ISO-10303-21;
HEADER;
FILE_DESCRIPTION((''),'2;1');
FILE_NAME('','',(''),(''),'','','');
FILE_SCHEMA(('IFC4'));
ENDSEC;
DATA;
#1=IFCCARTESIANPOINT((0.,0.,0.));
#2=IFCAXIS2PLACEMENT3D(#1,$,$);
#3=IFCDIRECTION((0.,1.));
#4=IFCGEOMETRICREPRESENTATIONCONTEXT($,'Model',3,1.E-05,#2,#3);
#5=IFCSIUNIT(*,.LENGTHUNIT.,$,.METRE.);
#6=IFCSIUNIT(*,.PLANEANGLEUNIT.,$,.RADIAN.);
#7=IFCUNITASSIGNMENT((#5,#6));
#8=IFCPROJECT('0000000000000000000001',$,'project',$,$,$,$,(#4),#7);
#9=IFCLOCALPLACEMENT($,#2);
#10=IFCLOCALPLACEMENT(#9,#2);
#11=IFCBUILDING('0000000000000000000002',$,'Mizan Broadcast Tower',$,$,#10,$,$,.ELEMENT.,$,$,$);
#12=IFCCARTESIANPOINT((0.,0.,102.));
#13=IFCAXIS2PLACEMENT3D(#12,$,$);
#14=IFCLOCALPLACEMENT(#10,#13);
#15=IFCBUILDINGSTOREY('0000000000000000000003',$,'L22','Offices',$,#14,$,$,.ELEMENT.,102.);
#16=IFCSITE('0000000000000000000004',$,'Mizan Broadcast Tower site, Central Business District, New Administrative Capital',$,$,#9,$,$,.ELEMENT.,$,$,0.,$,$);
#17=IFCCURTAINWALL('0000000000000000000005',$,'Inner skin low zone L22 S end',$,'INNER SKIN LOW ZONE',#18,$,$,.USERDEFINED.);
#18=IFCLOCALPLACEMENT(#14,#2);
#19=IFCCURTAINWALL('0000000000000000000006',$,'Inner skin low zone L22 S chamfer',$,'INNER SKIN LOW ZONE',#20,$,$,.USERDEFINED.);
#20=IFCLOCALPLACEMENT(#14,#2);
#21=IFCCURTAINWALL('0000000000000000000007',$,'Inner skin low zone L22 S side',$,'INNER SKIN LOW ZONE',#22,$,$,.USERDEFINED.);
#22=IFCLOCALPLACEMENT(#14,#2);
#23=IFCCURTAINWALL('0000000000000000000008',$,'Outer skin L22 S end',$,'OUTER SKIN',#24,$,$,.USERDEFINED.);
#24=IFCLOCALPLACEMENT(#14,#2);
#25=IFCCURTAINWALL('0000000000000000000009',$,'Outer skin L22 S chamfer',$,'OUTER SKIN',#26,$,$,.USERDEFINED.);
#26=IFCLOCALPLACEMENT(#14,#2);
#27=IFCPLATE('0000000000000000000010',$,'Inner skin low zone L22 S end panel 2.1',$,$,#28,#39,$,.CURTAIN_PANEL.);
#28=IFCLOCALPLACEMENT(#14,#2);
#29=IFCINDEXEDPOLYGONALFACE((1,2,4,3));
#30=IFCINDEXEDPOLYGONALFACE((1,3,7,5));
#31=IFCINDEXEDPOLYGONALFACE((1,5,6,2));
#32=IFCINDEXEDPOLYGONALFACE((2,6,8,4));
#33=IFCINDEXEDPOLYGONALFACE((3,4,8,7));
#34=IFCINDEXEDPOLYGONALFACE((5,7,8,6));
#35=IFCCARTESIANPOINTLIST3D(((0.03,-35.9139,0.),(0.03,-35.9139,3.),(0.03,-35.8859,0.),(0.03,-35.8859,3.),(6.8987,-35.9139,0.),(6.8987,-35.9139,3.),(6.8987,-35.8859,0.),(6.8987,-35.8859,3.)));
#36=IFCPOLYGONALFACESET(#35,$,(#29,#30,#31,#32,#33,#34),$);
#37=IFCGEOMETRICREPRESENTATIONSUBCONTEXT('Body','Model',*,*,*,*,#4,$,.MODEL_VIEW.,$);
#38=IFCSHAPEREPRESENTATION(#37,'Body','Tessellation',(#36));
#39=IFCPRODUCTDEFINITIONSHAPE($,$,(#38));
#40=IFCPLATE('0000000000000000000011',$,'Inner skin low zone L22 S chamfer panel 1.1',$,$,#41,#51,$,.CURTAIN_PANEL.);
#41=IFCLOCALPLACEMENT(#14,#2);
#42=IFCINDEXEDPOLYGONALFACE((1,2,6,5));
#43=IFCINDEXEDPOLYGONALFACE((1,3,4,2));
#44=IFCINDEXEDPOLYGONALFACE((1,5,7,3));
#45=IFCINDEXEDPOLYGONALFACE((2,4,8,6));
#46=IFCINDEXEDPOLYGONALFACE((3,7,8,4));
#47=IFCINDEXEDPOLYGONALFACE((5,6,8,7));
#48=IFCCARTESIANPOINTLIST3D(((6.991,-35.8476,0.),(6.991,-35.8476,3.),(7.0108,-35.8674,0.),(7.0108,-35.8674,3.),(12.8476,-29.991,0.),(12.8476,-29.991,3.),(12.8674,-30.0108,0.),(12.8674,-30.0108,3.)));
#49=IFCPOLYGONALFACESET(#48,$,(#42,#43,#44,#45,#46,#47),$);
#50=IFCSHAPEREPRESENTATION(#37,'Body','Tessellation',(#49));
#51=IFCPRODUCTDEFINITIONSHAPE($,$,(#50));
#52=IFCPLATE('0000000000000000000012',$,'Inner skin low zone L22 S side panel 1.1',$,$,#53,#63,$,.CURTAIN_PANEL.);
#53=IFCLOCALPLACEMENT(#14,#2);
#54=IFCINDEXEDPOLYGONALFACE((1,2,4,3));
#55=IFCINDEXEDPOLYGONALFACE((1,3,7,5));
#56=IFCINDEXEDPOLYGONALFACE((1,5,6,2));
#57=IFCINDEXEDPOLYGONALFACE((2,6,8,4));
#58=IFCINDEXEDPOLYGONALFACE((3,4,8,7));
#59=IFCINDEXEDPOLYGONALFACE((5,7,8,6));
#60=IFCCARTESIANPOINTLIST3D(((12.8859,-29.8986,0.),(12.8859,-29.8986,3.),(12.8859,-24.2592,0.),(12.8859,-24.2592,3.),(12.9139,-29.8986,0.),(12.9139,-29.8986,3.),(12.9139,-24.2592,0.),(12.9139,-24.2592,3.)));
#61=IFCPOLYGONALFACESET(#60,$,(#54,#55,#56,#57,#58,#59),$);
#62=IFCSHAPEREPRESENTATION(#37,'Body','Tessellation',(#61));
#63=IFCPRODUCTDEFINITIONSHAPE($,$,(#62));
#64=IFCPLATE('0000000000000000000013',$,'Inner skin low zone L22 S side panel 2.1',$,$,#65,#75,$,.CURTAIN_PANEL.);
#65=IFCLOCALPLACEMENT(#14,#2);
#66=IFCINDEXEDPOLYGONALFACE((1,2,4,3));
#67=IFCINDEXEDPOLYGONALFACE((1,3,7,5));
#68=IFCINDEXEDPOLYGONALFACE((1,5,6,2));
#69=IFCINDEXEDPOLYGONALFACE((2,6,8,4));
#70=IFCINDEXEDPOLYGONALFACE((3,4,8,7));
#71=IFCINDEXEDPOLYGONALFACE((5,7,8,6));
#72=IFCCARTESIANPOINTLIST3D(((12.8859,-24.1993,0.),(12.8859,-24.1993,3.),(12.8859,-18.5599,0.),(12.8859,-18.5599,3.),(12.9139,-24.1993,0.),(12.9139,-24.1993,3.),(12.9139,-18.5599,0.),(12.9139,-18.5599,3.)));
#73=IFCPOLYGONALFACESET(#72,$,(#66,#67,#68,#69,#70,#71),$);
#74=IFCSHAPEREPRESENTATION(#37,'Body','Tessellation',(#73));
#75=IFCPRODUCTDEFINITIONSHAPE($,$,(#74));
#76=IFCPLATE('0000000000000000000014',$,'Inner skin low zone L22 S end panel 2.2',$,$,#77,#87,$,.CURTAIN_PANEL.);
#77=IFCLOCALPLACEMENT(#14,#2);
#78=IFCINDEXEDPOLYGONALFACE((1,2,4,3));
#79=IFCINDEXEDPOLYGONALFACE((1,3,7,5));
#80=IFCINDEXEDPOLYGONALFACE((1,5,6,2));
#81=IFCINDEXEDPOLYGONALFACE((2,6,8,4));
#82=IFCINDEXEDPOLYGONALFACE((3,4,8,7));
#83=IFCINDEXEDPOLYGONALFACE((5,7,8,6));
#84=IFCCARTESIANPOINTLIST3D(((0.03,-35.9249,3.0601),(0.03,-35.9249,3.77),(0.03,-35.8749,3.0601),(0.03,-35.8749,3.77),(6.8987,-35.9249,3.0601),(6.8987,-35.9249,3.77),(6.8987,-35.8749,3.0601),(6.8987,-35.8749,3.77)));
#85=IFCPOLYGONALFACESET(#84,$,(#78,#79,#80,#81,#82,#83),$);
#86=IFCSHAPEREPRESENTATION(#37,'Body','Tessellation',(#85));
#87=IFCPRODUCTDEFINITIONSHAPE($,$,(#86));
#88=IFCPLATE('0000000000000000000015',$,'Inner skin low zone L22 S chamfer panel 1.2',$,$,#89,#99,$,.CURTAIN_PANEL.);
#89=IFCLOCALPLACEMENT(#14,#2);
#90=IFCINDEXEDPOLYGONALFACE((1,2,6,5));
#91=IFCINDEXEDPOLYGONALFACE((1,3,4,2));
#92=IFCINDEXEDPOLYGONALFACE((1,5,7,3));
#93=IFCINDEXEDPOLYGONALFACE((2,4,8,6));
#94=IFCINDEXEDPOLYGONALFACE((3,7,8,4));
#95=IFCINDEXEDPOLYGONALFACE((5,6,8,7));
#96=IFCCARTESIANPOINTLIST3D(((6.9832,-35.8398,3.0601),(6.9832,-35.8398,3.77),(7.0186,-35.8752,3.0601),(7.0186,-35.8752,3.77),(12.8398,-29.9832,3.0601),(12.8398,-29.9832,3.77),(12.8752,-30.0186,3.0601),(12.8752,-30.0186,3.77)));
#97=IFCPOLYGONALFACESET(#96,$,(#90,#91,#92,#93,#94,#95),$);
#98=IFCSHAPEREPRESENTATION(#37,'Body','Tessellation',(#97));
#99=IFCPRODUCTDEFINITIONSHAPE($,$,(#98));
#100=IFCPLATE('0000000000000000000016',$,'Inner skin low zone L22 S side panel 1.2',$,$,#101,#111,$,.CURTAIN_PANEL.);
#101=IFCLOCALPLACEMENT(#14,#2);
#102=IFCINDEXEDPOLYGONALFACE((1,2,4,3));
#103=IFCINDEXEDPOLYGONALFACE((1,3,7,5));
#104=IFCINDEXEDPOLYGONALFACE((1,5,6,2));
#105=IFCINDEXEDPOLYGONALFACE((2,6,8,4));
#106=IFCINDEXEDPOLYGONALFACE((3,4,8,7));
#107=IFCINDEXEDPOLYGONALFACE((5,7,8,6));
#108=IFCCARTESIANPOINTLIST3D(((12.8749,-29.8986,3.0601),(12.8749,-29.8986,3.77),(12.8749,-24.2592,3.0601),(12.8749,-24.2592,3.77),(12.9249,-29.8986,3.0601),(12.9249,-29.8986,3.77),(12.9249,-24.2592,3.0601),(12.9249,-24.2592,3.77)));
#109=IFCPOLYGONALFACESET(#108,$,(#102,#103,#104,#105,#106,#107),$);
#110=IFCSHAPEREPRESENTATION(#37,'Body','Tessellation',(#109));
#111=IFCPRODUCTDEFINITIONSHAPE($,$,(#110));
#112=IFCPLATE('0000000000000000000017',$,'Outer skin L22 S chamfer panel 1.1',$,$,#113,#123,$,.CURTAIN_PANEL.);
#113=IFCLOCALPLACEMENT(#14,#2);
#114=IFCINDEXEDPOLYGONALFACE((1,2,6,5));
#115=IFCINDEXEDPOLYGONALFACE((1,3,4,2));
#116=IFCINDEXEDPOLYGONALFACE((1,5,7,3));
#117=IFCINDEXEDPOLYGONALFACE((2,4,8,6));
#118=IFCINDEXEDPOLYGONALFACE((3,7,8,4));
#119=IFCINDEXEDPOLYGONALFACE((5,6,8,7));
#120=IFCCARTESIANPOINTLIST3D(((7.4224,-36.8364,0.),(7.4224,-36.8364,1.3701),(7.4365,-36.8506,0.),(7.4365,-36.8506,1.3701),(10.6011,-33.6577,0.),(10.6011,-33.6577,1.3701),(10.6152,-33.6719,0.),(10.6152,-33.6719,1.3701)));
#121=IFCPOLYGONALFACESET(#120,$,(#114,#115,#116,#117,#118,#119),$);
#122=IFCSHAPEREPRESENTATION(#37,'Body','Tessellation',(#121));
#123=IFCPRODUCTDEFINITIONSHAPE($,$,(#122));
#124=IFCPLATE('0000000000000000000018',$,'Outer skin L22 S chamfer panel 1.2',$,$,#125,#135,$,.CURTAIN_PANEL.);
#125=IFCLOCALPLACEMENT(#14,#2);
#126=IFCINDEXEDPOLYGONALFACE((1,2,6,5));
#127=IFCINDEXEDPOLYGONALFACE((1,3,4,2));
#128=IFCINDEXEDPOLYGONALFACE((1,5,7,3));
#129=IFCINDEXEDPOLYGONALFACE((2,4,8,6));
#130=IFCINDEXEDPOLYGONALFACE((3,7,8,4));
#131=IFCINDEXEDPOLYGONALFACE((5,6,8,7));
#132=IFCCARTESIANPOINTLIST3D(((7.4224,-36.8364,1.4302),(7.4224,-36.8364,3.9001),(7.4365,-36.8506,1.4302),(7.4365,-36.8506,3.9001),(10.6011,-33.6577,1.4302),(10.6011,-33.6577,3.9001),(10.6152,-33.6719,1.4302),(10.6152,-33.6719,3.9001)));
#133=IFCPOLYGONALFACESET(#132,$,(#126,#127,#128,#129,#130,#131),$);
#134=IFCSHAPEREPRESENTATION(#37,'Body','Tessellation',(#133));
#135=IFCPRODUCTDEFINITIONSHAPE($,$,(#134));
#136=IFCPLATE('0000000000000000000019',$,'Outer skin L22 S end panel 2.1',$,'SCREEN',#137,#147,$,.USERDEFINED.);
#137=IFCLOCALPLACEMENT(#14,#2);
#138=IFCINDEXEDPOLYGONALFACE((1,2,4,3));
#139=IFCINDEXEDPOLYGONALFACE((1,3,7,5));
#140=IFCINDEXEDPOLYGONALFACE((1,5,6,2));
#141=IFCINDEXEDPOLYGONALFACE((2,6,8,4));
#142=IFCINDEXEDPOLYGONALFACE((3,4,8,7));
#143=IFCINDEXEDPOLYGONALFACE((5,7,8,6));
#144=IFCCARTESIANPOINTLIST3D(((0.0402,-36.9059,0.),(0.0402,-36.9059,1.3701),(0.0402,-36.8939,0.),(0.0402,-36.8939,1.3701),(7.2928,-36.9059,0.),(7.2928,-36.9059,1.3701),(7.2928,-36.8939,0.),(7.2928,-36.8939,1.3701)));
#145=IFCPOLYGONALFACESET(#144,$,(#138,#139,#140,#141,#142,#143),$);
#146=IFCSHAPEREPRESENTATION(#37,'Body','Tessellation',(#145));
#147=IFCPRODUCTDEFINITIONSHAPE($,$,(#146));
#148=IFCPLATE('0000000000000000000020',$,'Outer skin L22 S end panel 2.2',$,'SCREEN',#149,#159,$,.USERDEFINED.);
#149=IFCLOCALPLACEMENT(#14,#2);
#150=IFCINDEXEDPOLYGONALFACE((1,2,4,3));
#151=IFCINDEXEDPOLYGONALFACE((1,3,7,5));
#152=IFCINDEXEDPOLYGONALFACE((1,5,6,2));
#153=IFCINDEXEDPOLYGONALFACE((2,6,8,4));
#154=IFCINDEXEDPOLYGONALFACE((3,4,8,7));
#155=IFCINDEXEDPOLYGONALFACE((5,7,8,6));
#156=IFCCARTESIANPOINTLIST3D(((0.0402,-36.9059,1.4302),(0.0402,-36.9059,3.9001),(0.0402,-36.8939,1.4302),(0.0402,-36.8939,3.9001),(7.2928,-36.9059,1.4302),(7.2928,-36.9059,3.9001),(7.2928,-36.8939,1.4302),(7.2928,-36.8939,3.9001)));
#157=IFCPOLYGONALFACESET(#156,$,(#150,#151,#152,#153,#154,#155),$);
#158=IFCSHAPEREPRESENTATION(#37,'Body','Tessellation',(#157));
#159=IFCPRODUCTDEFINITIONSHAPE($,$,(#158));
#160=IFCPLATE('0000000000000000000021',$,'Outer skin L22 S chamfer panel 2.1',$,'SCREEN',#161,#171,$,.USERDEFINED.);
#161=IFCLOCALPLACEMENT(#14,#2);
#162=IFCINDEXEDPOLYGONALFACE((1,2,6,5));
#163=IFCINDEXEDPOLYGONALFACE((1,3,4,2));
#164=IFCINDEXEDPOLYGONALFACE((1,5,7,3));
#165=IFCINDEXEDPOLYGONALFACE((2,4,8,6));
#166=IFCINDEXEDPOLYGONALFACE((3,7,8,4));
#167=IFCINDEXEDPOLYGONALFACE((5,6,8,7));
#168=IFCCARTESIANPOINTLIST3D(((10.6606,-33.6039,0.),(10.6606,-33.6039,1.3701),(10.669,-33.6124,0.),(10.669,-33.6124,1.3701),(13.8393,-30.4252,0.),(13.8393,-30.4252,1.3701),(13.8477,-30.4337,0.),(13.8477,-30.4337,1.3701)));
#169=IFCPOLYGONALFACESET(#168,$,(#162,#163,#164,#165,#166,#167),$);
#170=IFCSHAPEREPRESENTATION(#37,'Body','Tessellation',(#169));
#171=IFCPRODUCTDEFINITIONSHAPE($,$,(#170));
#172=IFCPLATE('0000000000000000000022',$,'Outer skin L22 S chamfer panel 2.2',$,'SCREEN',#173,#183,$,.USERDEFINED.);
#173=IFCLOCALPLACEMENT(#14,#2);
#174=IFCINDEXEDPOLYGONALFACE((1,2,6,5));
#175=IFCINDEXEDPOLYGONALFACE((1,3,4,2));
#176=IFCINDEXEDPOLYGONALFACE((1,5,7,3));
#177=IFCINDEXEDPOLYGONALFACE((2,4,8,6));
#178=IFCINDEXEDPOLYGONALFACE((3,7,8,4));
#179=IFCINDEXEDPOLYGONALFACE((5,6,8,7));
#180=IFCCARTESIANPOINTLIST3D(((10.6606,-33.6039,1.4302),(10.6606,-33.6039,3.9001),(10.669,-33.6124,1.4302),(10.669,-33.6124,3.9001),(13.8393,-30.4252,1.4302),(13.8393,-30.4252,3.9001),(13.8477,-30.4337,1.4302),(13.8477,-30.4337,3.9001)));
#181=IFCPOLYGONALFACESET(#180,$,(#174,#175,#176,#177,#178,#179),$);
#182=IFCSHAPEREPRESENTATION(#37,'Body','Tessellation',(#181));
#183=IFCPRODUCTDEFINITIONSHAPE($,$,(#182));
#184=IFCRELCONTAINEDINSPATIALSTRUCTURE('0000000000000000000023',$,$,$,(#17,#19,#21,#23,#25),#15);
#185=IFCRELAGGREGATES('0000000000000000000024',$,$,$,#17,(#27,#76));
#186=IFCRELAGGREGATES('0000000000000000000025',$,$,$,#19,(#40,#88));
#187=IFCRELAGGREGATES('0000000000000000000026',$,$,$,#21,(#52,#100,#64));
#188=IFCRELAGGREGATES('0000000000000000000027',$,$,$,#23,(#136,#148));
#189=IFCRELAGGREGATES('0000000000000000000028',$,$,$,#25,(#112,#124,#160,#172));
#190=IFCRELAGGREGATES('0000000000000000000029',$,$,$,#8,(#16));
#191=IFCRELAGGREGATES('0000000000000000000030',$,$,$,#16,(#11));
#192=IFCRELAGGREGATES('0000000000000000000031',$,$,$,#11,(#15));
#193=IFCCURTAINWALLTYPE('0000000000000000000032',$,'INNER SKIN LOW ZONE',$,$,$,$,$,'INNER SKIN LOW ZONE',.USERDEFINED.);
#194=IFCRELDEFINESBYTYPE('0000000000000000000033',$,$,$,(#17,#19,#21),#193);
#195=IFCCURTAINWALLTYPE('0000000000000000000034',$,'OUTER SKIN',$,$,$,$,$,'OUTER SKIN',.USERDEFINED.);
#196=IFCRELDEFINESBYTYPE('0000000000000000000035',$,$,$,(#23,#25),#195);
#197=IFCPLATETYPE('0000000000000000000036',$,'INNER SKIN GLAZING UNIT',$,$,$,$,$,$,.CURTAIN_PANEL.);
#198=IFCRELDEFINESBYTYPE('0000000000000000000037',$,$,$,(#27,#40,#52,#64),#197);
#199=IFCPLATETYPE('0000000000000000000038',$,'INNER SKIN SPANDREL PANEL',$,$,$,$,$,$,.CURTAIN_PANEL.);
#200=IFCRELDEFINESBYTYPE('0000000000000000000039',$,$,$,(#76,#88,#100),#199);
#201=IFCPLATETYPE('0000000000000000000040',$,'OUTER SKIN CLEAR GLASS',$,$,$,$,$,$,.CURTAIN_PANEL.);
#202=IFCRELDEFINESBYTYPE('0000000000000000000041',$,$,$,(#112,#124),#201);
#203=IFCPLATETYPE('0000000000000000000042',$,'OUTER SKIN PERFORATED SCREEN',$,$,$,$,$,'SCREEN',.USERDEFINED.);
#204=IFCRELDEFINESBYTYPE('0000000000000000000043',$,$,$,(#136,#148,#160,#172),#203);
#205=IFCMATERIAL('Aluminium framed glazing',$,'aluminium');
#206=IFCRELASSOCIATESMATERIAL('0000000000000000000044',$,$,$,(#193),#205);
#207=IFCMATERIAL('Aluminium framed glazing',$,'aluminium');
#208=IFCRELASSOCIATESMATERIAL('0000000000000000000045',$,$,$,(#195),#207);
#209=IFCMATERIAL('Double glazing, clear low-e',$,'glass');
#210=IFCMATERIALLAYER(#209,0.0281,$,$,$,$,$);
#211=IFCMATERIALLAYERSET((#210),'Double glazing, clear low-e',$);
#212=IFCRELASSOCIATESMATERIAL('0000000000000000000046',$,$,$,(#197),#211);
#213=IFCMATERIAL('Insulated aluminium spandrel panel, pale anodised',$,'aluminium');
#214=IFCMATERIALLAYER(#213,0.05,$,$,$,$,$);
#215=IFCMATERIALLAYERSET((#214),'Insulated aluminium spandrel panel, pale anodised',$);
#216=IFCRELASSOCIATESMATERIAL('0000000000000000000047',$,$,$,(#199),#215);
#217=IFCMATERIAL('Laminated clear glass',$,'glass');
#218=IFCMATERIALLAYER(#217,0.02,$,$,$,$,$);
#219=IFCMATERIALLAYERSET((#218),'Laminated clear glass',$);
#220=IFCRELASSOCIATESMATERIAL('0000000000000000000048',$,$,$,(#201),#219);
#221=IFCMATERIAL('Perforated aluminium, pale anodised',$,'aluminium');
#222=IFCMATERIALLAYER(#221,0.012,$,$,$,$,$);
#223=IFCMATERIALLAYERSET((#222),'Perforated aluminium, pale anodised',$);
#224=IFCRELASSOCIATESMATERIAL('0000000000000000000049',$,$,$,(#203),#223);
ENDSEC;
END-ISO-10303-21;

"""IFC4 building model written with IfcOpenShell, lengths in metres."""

from ifc_helpers import new_model, si_unit, direction, frame, origin, origin_2d, place, context, subcontext, project, spatial, rectangle, extrude, material, layer, layer_set, type_object, element, aggregate, save


model = new_model("IFC4")

# Units and contexts
model_context = context("Model", 3, precision=1e-05, world=origin(), true_north=direction((0.0, 1.0)))
body_context = subcontext(model_context, "Body", "Model", "MODEL_VIEW")
ifc_project = project(units=[si_unit("LENGTHUNIT", "METRE"), si_unit("PLANEANGLEUNIT", "RADIAN")], contexts=[model_context])

# Site, building, storey
site_placement = place(None, origin())
site = spatial("IfcSite", under=ifc_project, at=site_placement, Name="Mizan Broadcast Tower site, Central Business District, New Administrative Capital", CompositionType="ELEMENT", RefElevation=0.0)
building_placement = place(site_placement, origin())
building = spatial("IfcBuilding", under=site, at=building_placement, Name="Mizan Broadcast Tower", CompositionType="ELEMENT")
storey_placement = place(building_placement, frame((0.0, 0.0, 102.0)))
storey = spatial("IfcBuildingStorey", under=building, at=storey_placement, Name="L22", Description="Offices", CompositionType="ELEMENT", Elevation=102.0)

# Curtain wall
ifc_material_1 = material(Name="Aluminium framed glazing", Category="aluminium")
curtain_wall_type_1 = type_object("IfcCurtainWallType", Name="INNER SKIN LOW ZONE", ElementType="INNER SKIN LOW ZONE", PredefinedType="USERDEFINED", material=ifc_material_1)
curtain_wall_1_placement = place(storey_placement, origin())
curtain_wall_1 = element("IfcCurtainWall", 1, at=curtain_wall_1_placement, inside=storey, type_object=curtain_wall_type_1, Name="Inner skin low zone L22 S end", ObjectType="INNER SKIN LOW ZONE", PredefinedType="USERDEFINED")

# Curtain walls
curtain_wall_2_placement = place(storey_placement, origin())
curtain_wall_2 = element("IfcCurtainWall", 2, at=curtain_wall_2_placement, inside=storey, type_object=curtain_wall_type_1, Name="Inner skin low zone L22 S chamfer", ObjectType="INNER SKIN LOW ZONE", PredefinedType="USERDEFINED")
curtain_wall_3_placement = place(storey_placement, origin())
curtain_wall_3 = element("IfcCurtainWall", 3, at=curtain_wall_3_placement, inside=storey, type_object=curtain_wall_type_1, Name="Inner skin low zone L22 S side", ObjectType="INNER SKIN LOW ZONE", PredefinedType="USERDEFINED")

# Curtain wall
ifc_material_2 = material(Name="Aluminium framed glazing", Category="aluminium")
curtain_wall_type_2 = type_object("IfcCurtainWallType", Name="OUTER SKIN", ElementType="OUTER SKIN", PredefinedType="USERDEFINED", material=ifc_material_2)
curtain_wall_4_placement = place(storey_placement, origin())
curtain_wall_4 = element("IfcCurtainWall", 4, at=curtain_wall_4_placement, inside=storey, type_object=curtain_wall_type_2, Name="Outer skin L22 S end", ObjectType="OUTER SKIN", PredefinedType="USERDEFINED")

# Curtain wall
curtain_wall_5_placement = place(storey_placement, origin())
curtain_wall_5 = element("IfcCurtainWall", 5, at=curtain_wall_5_placement, inside=storey, type_object=curtain_wall_type_2, Name="Outer skin L22 S chamfer", ObjectType="OUTER SKIN", PredefinedType="USERDEFINED")

# Plates
ifc_material_3 = material(Name="Double glazing, clear low-e", Category="glass")
ifc_layer_1 = layer(ifc_material_3, 0.0281)
ifc_layer_set_1 = layer_set([ifc_layer_1], Name="Double glazing, clear low-e")
plate_type_1 = type_object("IfcPlateType", Name="INNER SKIN GLAZING UNIT", PredefinedType="CURTAIN_PANEL", material=ifc_layer_set_1)
plate_1_placement = place(storey_placement, frame((3.4644, -35.8999, 0.0), z_axis=(0.0, 0.0, 1.0), x_axis=(1.0, 0.0, 0.0)))
plate_1 = element("IfcPlate", 6, at=plate_1_placement, type_object=plate_type_1, Name="Inner skin low zone L22 S end panel 2.1", PredefinedType="CURTAIN_PANEL", context=body_context, shape_type="SweptSolid", body=[
    extrude(rectangle(XDim=6.8687, YDim=0.0281, at=origin_2d()), origin(), (0.0, 0.0, 1.0), 3.0),
])
plate_2_placement = place(storey_placement, frame((9.9292, -32.9292, 0.0), z_axis=(0.0, 0.0, 1.0), x_axis=(0.707107, 0.707107, 0.0)))
plate_2 = element("IfcPlate", 7, at=plate_2_placement, type_object=plate_type_1, Name="Inner skin low zone L22 S chamfer panel 1.1", PredefinedType="CURTAIN_PANEL", context=body_context, shape_type="SweptSolid", body=[
    extrude(rectangle(XDim=8.2825, YDim=0.0281, at=origin_2d()), origin(), (0.0, 0.0, 1.0), 3.0),
])
plate_3_placement = place(storey_placement, frame((12.8999, -27.0789, 0.0), z_axis=(0.0, 0.0, 1.0), x_axis=(0.0, 1.0, 0.0)))
plate_3 = element("IfcPlate", 8, at=plate_3_placement, type_object=plate_type_1, Name="Inner skin low zone L22 S side panel 1.1", PredefinedType="CURTAIN_PANEL", context=body_context, shape_type="SweptSolid", body=[
    extrude(rectangle(XDim=5.6394, YDim=0.0281, at=origin_2d()), origin(), (0.0, 0.0, 1.0), 3.0),
])
plate_4_placement = place(storey_placement, frame((12.8999, -21.3796, 0.0), z_axis=(0.0, 0.0, 1.0), x_axis=(0.0, 1.0, 0.0)))
plate_4 = element("IfcPlate", 9, at=plate_4_placement, type_object=plate_type_1, Name="Inner skin low zone L22 S side panel 2.1", PredefinedType="CURTAIN_PANEL", context=body_context, shape_type="SweptSolid", body=[
    extrude(rectangle(XDim=5.6394, YDim=0.0281, at=origin_2d()), origin(), (0.0, 0.0, 1.0), 3.0),
])
ifc_material_4 = material(Name="Insulated aluminium spandrel panel, pale anodised", Category="aluminium")
ifc_layer_2 = layer(ifc_material_4, 0.05)
ifc_layer_set_2 = layer_set([ifc_layer_2], Name="Insulated aluminium spandrel panel, pale anodised")
plate_type_2 = type_object("IfcPlateType", Name="INNER SKIN SPANDREL PANEL", PredefinedType="CURTAIN_PANEL", material=ifc_layer_set_2)
plate_5_placement = place(storey_placement, frame((3.4644, -35.8999, 3.0601), z_axis=(0.0, 0.0, 1.0), x_axis=(1.0, 0.0, 0.0)))
plate_5 = element("IfcPlate", 10, at=plate_5_placement, type_object=plate_type_2, Name="Inner skin low zone L22 S end panel 2.2", PredefinedType="CURTAIN_PANEL", context=body_context, shape_type="SweptSolid", body=[
    extrude(rectangle(XDim=6.8687, YDim=0.05, at=origin_2d()), origin(), (0.0, 0.0, 1.0), 0.71),
])
aggregate(curtain_wall_1, [plate_1, plate_5])
plate_6_placement = place(storey_placement, frame((9.9292, -32.9292, 3.0601), z_axis=(0.0, 0.0, 1.0), x_axis=(0.707107, 0.707107, 0.0)))
plate_6 = element("IfcPlate", 11, at=plate_6_placement, type_object=plate_type_2, Name="Inner skin low zone L22 S chamfer panel 1.2", PredefinedType="CURTAIN_PANEL", context=body_context, shape_type="SweptSolid", body=[
    extrude(rectangle(XDim=8.2825, YDim=0.05, at=origin_2d()), origin(), (0.0, 0.0, 1.0), 0.71),
])
aggregate(curtain_wall_2, [plate_2, plate_6])
plate_7_placement = place(storey_placement, frame((12.8999, -27.0789, 3.0601), z_axis=(0.0, 0.0, 1.0), x_axis=(0.0, 1.0, 0.0)))
plate_7 = element("IfcPlate", 12, at=plate_7_placement, type_object=plate_type_2, Name="Inner skin low zone L22 S side panel 1.2", PredefinedType="CURTAIN_PANEL", context=body_context, shape_type="SweptSolid", body=[
    extrude(rectangle(XDim=5.6394, YDim=0.05, at=origin_2d()), origin(), (0.0, 0.0, 1.0), 0.71),
])
aggregate(curtain_wall_3, [plate_3, plate_7, plate_4])
ifc_material_5 = material(Name="Laminated clear glass", Category="glass")
ifc_layer_3 = layer(ifc_material_5, 0.02)
ifc_layer_set_3 = layer_set([ifc_layer_3], Name="Laminated clear glass")
plate_type_3 = type_object("IfcPlateType", Name="OUTER SKIN CLEAR GLASS", PredefinedType="CURTAIN_PANEL", material=ifc_layer_set_3)
plate_8_placement = place(storey_placement, frame((9.0188, -35.2542, 0.0), z_axis=(0.0, 0.0, 1.0), x_axis=(0.707107, 0.707107, 0.0)))
plate_8 = element("IfcPlate", 13, at=plate_8_placement, type_object=plate_type_3, Name="Outer skin L22 S chamfer panel 1.1", PredefinedType="CURTAIN_PANEL", context=body_context, shape_type="SweptSolid", body=[
    extrude(rectangle(XDim=4.4954, YDim=0.02, at=origin_2d()), origin(), (0.0, 0.0, 1.0), 1.3701),
])
plate_9_placement = place(storey_placement, frame((9.0188, -35.2542, 1.4302), z_axis=(0.0, 0.0, 1.0), x_axis=(0.707107, 0.707107, 0.0)))
plate_9 = element("IfcPlate", 14, at=plate_9_placement, type_object=plate_type_3, Name="Outer skin L22 S chamfer panel 1.2", PredefinedType="CURTAIN_PANEL", context=body_context, shape_type="SweptSolid", body=[
    extrude(rectangle(XDim=4.4954, YDim=0.02, at=origin_2d()), origin(), (0.0, 0.0, 1.0), 2.47),
])
ifc_material_6 = material(Name="Perforated aluminium, pale anodised", Category="aluminium")
ifc_layer_4 = layer(ifc_material_6, 0.012)
ifc_layer_set_4 = layer_set([ifc_layer_4], Name="Perforated aluminium, pale anodised")
plate_type_4 = type_object("IfcPlateType", Name="OUTER SKIN PERFORATED SCREEN", ElementType="SCREEN", PredefinedType="USERDEFINED", material=ifc_layer_set_4)
plate_10_placement = place(storey_placement, frame((3.6665, -36.8999, 0.0), z_axis=(0.0, 0.0, 1.0), x_axis=(1.0, 0.0, 0.0)))
plate_10 = element("IfcPlate", 15, at=plate_10_placement, type_object=plate_type_4, Name="Outer skin L22 S end panel 2.1", ObjectType="SCREEN", PredefinedType="USERDEFINED", context=body_context, shape_type="SweptSolid", body=[
    extrude(rectangle(XDim=7.2527, YDim=0.012, at=origin_2d()), origin(), (0.0, 0.0, 1.0), 1.3701),
])
plate_11_placement = place(storey_placement, frame((3.6665, -36.8999, 1.4302), z_axis=(0.0, 0.0, 1.0), x_axis=(1.0, 0.0, 0.0)))
plate_11 = element("IfcPlate", 16, at=plate_11_placement, type_object=plate_type_4, Name="Outer skin L22 S end panel 2.2", ObjectType="SCREEN", PredefinedType="USERDEFINED", context=body_context, shape_type="SweptSolid", body=[
    extrude(rectangle(XDim=7.2527, YDim=0.012, at=origin_2d()), origin(), (0.0, 0.0, 1.0), 2.47),
])
aggregate(curtain_wall_4, [plate_10, plate_11])
plate_12_placement = place(storey_placement, frame((12.2542, -32.0188, 0.0), z_axis=(0.0, 0.0, 1.0), x_axis=(0.707107, 0.707107, 0.0)))
plate_12 = element("IfcPlate", 17, at=plate_12_placement, type_object=plate_type_4, Name="Outer skin L22 S chamfer panel 2.1", ObjectType="SCREEN", PredefinedType="USERDEFINED", context=body_context, shape_type="SweptSolid", body=[
    extrude(rectangle(XDim=4.4954, YDim=0.012, at=origin_2d()), origin(), (0.0, 0.0, 1.0), 1.3701),
])
plate_13_placement = place(storey_placement, frame((12.2542, -32.0188, 1.4302), z_axis=(0.0, 0.0, 1.0), x_axis=(0.707107, 0.707107, 0.0)))
plate_13 = element("IfcPlate", 18, at=plate_13_placement, type_object=plate_type_4, Name="Outer skin L22 S chamfer panel 2.2", ObjectType="SCREEN", PredefinedType="USERDEFINED", context=body_context, shape_type="SweptSolid", body=[
    extrude(rectangle(XDim=4.4954, YDim=0.012, at=origin_2d()), origin(), (0.0, 0.0, 1.0), 2.47),
])
aggregate(curtain_wall_5, [plate_8, plate_9, plate_12, plate_13])

save(model, "model.ifc")
